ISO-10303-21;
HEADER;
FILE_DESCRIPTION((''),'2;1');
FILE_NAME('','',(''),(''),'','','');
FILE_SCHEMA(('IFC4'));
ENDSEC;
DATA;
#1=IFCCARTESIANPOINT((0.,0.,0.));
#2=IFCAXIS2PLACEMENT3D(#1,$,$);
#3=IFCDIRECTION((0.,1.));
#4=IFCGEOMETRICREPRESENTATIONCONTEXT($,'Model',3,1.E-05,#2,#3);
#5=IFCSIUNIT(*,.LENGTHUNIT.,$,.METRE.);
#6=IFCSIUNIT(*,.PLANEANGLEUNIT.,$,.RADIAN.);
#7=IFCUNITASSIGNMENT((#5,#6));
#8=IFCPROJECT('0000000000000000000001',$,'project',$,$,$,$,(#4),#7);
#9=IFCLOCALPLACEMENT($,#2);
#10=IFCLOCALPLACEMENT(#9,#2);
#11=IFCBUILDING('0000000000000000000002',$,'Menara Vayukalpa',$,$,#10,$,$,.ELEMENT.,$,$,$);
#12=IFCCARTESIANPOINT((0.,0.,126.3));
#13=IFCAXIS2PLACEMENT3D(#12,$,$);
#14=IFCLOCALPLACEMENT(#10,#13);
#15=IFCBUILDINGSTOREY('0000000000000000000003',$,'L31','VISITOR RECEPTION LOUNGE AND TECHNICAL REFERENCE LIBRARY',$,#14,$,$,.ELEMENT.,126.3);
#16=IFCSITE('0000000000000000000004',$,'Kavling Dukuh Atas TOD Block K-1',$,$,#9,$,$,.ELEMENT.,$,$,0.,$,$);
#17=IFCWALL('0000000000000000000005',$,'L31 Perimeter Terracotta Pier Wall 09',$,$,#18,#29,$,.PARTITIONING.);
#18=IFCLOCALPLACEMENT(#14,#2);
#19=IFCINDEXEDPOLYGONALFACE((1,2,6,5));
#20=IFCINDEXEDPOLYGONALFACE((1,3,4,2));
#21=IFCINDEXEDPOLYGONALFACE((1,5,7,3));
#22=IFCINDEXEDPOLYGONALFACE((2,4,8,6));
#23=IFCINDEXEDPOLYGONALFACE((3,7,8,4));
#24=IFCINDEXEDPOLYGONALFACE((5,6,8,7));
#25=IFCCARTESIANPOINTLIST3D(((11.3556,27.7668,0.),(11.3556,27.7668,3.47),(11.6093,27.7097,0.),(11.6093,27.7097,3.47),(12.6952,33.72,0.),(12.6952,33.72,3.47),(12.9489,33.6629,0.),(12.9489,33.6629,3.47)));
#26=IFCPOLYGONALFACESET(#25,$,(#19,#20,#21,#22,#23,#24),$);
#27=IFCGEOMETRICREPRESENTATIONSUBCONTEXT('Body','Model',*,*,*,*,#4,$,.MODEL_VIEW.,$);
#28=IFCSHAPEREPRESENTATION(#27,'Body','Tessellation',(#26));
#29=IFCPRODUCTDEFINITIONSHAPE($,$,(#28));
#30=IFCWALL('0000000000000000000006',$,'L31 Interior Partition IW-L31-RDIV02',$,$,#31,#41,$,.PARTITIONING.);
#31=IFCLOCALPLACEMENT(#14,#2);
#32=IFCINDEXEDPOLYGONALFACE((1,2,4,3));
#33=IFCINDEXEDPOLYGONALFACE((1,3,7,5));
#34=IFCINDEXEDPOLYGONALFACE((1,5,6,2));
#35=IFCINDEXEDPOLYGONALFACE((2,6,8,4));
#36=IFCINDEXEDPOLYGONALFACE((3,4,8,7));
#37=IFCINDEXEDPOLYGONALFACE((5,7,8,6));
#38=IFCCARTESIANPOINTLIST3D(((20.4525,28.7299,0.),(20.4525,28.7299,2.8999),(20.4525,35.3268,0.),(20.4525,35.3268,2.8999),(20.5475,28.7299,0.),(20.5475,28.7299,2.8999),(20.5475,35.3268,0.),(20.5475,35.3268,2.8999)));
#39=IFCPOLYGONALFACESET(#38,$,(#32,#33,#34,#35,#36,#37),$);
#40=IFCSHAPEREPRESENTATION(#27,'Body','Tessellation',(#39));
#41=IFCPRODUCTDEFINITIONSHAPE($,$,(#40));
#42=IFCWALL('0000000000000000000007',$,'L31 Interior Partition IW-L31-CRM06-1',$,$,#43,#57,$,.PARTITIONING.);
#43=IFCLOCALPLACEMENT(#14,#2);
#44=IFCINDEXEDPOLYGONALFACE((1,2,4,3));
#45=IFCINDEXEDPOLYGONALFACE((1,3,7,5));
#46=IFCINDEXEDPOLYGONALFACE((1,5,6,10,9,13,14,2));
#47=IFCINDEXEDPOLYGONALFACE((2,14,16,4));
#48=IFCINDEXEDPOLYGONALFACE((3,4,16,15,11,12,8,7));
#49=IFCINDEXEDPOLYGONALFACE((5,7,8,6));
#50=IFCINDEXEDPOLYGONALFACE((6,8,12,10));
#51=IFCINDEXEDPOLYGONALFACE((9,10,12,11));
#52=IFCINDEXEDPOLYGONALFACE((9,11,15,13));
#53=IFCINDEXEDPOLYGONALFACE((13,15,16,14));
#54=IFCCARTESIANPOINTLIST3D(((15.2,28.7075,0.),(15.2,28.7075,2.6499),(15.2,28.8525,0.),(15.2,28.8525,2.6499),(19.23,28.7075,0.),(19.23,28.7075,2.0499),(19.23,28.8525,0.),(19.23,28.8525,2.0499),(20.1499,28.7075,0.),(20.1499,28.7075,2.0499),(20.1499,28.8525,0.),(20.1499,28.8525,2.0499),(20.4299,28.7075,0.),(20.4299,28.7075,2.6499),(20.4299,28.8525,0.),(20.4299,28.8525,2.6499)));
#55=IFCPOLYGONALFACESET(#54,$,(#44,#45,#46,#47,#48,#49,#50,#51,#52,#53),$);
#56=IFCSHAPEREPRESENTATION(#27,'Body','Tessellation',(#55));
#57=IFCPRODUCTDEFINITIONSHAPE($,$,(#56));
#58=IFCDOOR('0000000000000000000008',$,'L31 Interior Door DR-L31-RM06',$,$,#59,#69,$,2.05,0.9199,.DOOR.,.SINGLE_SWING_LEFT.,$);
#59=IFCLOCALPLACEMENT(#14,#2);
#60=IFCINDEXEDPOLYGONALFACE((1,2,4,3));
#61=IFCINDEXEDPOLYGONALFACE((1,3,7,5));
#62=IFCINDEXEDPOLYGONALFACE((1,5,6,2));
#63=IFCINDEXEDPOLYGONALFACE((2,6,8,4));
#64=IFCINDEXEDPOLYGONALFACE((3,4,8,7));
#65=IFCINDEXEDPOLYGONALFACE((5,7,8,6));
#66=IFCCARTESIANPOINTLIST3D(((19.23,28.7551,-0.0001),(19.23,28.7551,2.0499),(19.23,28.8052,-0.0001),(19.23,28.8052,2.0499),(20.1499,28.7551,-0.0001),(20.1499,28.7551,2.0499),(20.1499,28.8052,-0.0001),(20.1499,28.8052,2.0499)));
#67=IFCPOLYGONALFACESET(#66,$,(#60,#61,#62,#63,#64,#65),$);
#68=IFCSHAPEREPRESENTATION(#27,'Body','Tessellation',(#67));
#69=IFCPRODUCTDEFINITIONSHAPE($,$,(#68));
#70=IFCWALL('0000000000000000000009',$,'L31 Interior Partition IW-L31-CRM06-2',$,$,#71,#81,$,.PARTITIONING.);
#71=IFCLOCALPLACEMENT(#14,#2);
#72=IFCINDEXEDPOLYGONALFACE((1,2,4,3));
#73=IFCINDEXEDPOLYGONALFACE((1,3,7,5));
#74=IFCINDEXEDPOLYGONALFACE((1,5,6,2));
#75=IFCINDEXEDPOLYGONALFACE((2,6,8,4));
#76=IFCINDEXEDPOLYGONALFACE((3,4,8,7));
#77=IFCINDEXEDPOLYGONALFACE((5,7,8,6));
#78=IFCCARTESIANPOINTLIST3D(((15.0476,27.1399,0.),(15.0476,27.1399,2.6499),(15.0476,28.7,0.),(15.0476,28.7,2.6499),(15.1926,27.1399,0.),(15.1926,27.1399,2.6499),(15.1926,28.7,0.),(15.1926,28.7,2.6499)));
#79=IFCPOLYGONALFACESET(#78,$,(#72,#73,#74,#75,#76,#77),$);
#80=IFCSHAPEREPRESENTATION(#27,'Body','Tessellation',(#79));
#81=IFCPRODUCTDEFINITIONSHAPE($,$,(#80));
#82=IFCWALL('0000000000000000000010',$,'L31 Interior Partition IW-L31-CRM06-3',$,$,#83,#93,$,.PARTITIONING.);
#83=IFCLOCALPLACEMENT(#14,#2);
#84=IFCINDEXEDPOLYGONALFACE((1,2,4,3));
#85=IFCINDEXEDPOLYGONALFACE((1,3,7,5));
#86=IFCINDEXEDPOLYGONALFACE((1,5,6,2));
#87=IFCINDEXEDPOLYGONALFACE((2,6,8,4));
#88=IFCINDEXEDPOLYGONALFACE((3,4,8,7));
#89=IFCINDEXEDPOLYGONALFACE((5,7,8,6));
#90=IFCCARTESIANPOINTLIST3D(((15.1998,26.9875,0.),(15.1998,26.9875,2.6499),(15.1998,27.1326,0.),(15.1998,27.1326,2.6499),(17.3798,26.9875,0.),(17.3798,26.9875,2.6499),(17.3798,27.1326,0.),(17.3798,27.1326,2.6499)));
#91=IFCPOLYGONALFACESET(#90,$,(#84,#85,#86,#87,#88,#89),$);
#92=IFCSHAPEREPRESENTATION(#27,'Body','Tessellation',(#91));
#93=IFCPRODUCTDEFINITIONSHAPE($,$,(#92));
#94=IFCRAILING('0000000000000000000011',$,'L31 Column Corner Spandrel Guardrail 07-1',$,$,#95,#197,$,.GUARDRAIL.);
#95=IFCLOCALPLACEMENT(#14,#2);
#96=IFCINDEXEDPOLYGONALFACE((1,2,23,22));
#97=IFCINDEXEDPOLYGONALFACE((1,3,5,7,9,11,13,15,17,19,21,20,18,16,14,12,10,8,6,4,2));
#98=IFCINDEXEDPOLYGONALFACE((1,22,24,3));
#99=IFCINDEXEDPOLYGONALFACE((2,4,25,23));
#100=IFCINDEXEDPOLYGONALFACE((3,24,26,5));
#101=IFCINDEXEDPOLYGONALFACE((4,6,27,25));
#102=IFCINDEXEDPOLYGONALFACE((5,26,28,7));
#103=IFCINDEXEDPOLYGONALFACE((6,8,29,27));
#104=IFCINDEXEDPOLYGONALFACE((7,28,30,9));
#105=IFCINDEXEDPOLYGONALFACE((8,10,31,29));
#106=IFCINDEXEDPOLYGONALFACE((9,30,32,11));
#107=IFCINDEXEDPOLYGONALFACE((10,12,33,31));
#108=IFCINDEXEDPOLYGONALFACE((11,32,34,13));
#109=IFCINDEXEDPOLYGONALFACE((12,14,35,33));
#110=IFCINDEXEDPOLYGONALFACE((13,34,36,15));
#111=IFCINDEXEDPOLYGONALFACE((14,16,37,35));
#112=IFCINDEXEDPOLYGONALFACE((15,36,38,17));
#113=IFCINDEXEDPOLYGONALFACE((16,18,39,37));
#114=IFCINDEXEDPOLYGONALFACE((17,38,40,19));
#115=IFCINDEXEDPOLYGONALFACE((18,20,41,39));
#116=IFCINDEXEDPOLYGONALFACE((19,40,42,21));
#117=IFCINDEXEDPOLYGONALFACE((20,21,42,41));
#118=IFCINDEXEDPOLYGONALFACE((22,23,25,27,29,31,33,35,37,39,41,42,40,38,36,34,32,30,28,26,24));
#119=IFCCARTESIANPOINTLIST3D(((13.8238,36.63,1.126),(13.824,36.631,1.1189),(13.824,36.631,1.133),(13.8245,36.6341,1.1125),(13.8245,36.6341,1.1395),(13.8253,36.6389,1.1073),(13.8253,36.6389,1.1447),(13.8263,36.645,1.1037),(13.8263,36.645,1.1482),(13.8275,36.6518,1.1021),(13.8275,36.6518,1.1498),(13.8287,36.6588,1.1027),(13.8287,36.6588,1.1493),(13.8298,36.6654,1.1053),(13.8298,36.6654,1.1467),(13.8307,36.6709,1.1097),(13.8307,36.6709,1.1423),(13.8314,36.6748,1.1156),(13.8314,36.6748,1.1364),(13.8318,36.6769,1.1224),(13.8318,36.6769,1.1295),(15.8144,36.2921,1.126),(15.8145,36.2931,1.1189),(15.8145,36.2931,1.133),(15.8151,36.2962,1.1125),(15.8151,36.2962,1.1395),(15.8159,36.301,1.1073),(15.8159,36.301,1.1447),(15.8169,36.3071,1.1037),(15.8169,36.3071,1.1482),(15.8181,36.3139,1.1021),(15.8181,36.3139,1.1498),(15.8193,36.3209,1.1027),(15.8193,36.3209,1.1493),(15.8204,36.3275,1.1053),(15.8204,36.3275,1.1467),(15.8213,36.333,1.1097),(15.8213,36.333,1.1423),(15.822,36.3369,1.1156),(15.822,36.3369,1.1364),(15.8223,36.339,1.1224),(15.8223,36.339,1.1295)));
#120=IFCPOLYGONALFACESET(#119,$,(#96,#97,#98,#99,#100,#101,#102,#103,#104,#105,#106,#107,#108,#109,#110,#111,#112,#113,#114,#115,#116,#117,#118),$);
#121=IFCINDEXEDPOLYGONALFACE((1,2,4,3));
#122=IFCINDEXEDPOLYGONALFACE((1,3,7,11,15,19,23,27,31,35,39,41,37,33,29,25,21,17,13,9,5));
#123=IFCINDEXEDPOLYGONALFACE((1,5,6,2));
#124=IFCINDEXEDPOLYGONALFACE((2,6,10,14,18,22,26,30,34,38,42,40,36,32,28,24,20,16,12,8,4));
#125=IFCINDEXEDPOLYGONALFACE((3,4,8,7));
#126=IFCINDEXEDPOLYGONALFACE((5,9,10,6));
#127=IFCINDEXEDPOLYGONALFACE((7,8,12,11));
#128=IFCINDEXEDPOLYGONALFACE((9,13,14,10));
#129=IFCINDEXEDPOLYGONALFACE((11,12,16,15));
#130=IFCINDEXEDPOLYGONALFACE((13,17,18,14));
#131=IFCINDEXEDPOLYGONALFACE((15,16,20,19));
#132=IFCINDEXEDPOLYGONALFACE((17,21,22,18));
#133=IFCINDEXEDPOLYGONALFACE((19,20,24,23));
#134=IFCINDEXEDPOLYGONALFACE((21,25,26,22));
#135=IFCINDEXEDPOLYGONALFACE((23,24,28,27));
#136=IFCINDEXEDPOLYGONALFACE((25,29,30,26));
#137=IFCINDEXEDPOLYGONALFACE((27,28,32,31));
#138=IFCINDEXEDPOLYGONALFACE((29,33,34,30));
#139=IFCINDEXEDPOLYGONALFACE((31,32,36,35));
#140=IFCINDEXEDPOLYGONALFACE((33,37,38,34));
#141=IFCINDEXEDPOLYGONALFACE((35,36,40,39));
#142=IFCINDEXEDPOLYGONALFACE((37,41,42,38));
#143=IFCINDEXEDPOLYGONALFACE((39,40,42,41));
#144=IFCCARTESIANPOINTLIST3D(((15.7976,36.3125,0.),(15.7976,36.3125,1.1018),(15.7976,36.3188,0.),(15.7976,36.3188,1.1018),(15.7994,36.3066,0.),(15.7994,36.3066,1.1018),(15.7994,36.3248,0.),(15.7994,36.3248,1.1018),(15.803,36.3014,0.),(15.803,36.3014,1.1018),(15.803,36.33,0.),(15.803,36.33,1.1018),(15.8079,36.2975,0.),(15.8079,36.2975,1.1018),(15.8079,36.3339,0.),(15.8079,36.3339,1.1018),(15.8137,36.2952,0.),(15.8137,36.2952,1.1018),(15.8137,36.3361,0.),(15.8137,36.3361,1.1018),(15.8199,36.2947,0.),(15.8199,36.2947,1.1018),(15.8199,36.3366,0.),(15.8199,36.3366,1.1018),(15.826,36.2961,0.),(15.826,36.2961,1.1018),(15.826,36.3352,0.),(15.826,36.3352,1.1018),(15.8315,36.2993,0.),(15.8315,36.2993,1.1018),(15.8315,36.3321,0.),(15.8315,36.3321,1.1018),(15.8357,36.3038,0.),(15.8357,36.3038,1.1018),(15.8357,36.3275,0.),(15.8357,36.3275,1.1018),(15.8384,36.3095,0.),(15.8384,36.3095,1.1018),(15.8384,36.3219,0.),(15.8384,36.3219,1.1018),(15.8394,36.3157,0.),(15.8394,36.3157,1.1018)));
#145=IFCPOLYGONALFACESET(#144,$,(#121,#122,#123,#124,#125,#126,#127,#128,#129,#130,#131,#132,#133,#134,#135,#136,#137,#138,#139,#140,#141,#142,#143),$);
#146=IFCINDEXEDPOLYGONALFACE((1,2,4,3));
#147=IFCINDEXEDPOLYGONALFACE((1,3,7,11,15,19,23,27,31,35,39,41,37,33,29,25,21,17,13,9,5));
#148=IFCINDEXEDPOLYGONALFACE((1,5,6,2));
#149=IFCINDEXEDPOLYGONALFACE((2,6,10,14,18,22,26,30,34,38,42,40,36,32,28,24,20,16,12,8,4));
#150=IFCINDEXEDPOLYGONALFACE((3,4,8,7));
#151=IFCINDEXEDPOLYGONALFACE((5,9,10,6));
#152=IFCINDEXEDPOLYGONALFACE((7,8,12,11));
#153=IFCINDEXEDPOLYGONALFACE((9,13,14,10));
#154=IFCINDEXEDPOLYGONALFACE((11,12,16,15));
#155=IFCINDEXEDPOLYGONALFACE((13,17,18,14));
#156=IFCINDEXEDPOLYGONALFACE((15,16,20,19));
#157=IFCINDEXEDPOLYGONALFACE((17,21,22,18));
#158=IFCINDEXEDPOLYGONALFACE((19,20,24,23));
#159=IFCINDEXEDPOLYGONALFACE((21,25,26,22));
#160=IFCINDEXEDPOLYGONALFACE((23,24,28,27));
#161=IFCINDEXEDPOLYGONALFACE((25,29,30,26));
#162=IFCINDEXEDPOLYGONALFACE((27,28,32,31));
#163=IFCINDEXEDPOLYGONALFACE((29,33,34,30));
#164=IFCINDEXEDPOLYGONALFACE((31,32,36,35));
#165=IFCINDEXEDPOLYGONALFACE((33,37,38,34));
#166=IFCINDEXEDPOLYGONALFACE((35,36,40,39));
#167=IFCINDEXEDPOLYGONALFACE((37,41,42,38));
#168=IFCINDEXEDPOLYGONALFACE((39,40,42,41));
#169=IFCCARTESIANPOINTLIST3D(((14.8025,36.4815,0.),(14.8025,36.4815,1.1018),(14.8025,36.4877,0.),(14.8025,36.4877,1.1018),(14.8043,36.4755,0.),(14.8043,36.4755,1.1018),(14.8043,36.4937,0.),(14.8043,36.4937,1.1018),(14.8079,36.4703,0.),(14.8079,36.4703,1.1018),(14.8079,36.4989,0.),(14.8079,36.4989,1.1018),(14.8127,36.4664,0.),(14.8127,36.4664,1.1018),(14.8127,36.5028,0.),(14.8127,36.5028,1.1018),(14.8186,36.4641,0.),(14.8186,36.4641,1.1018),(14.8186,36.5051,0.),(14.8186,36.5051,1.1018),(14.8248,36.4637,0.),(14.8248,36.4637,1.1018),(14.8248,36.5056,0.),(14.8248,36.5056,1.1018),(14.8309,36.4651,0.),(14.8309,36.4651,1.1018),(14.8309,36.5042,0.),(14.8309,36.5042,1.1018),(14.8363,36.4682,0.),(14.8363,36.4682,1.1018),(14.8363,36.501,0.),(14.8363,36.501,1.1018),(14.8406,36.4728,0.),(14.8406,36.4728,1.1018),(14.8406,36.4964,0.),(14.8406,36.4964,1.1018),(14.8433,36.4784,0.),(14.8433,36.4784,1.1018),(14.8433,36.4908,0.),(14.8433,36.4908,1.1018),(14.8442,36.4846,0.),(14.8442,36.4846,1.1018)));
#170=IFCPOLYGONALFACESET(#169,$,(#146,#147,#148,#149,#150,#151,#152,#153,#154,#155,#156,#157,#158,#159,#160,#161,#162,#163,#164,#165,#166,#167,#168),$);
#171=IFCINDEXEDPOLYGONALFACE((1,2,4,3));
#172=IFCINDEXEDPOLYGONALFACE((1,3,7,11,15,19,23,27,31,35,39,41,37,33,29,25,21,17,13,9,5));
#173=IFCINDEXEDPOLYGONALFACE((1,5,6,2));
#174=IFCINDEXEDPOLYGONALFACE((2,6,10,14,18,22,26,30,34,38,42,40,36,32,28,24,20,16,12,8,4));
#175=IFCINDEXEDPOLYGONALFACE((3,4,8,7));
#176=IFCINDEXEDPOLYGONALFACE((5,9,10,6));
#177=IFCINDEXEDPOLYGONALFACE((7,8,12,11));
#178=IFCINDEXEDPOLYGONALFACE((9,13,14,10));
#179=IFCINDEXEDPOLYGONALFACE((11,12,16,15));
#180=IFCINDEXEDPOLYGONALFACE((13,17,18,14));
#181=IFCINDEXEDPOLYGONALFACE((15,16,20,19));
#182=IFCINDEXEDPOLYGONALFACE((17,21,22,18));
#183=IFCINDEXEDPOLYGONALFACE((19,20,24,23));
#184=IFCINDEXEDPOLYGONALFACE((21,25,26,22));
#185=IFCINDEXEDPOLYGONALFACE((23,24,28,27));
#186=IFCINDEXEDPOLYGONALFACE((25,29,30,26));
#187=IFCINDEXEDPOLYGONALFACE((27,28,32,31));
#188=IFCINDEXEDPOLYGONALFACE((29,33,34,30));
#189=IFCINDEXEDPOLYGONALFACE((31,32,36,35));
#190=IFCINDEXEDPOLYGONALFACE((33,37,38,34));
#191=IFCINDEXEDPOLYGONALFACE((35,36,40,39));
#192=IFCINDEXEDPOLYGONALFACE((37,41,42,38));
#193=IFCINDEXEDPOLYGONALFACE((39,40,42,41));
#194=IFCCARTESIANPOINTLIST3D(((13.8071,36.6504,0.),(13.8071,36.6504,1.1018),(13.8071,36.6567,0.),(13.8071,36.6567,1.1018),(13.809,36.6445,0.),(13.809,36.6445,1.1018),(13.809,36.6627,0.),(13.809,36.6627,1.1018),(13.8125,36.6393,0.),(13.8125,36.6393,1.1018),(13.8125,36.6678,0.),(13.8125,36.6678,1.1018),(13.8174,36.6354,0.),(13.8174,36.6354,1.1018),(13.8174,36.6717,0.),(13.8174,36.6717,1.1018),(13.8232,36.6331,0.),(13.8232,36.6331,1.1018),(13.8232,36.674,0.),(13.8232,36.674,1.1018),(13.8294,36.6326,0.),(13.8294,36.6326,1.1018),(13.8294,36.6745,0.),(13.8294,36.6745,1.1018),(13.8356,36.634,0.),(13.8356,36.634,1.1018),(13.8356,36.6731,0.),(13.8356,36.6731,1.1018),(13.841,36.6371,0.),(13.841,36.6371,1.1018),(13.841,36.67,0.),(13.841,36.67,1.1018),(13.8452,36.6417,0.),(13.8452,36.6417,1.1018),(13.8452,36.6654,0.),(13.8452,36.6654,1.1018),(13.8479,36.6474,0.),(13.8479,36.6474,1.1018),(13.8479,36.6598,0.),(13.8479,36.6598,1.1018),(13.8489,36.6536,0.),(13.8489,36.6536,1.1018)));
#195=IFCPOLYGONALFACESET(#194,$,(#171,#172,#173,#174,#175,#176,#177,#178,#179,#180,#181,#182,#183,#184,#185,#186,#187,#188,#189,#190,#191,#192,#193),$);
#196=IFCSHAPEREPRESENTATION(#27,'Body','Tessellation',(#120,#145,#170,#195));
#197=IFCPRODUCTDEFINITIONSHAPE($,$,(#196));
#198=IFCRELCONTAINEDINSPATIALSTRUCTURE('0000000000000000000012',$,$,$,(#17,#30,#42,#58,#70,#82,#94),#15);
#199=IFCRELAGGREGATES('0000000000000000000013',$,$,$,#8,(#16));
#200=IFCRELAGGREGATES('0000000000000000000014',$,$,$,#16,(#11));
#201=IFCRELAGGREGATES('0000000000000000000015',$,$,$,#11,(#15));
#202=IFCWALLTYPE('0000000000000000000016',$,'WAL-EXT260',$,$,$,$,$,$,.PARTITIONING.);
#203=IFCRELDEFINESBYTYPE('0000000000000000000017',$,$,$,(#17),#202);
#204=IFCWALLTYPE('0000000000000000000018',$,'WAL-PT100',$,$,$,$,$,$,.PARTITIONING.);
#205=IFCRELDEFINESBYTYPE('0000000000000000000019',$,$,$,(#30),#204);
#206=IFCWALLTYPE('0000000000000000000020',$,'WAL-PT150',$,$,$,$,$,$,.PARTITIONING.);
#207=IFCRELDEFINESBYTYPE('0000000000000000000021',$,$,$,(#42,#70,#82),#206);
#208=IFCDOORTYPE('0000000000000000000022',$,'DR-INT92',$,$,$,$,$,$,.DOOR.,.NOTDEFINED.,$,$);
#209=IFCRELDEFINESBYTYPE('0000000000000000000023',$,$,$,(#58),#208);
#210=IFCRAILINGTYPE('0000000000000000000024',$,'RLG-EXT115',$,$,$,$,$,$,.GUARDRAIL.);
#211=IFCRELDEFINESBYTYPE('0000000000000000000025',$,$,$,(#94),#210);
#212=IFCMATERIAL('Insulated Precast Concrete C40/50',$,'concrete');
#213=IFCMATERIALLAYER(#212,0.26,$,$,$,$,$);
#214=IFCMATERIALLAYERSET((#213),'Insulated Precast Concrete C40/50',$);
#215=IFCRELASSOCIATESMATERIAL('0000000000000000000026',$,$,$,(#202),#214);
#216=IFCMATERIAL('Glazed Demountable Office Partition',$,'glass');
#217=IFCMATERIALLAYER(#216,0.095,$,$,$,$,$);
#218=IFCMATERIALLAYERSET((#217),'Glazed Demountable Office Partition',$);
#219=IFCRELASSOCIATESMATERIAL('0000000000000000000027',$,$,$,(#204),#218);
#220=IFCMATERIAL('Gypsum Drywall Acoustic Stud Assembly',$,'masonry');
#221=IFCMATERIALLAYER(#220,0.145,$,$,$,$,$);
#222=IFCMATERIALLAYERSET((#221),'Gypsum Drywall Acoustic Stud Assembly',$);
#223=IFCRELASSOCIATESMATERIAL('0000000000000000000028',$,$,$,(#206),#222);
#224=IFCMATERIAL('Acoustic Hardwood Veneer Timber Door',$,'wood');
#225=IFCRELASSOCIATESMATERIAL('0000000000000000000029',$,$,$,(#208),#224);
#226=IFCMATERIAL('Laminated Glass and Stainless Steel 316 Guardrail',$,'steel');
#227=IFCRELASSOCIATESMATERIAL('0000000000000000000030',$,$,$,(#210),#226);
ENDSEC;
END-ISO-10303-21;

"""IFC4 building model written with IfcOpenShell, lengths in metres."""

from ifc_helpers import new_model, si_unit, direction, frame, frame_2d, origin, origin_2d, place, context, subcontext, project, spatial, rectangle, circle, extrude, material, layer, layer_set, type_object, element, fill, save


model = new_model("IFC4")

# Units and contexts
model_context = context("Model", 3, precision=1e-05, world=origin(), true_north=direction((0.0, 1.0)))
body_context = subcontext(model_context, "Body", "Model", "MODEL_VIEW")
ifc_project = project(units=[si_unit("LENGTHUNIT", "METRE"), si_unit("PLANEANGLEUNIT", "RADIAN")], contexts=[model_context])

# Site, building, storey
site_placement = place(None, origin())
site = spatial("IfcSite", under=ifc_project, at=site_placement, Name="Kavling Dukuh Atas TOD Block K-1", CompositionType="ELEMENT", RefElevation=0.0)
building_placement = place(site_placement, origin())
building = spatial("IfcBuilding", under=site, at=building_placement, Name="Menara Vayukalpa", CompositionType="ELEMENT")
storey_placement = place(building_placement, frame((0.0, 0.0, 126.3)))
storey = spatial("IfcBuildingStorey", under=building, at=storey_placement, Name="L31", Description="VISITOR RECEPTION LOUNGE AND TECHNICAL REFERENCE LIBRARY", CompositionType="ELEMENT", Elevation=126.3)

# Walls
ifc_material_1 = material(Name="Insulated Precast Concrete C40/50", Category="concrete")
ifc_layer_1 = layer(ifc_material_1, 0.26)
ifc_layer_set_1 = layer_set([ifc_layer_1], Name="Insulated Precast Concrete C40/50")
wall_type_1 = type_object("IfcWallType", Name="WAL-EXT260", PredefinedType="PARTITIONING", material=ifc_layer_set_1)
wall_1_placement = place(storey_placement, frame((11.4824, 27.7383, 0.0), z_axis=(0.0, 0.0, 1.0), x_axis=(0.219535, 0.975605, 0.0)))
element("IfcWall", 1, at=wall_1_placement, inside=storey, type_object=wall_type_1, Name="L31 Perimeter Terracotta Pier Wall 09", PredefinedType="PARTITIONING", context=body_context, shape_type="SweptSolid", body=[
    extrude(rectangle(XDim=6.1021, YDim=0.26, at=frame_2d((3.051, 0.0))), origin(), (0.0, 0.0, 1.0), 3.47),
])
ifc_material_2 = material(Name="Glazed Demountable Office Partition", Category="glass")
ifc_layer_2 = layer(ifc_material_2, 0.095)
ifc_layer_set_2 = layer_set([ifc_layer_2], Name="Glazed Demountable Office Partition")
wall_type_2 = type_object("IfcWallType", Name="WAL-PT100", PredefinedType="PARTITIONING", material=ifc_layer_set_2)
wall_2_placement = place(storey_placement, frame((20.5, 28.73, 0.0), z_axis=(0.0, 0.0, 1.0), x_axis=(0.0, 1.0, 0.0)))
element("IfcWall", 2, at=wall_2_placement, inside=storey, type_object=wall_type_2, Name="L31 Interior Partition IW-L31-RDIV02", PredefinedType="PARTITIONING", context=body_context, shape_type="SweptSolid", body=[
    extrude(rectangle(XDim=6.5969, YDim=0.095, at=frame_2d((3.2983, 0.0))), origin(), (0.0, 0.0, 1.0), 2.8999),
])

# Wall, opening, door
ifc_material_3 = material(Name="Gypsum Drywall Acoustic Stud Assembly", Category="masonry")
ifc_layer_3 = layer(ifc_material_3, 0.145)
ifc_layer_set_3 = layer_set([ifc_layer_3], Name="Gypsum Drywall Acoustic Stud Assembly")
wall_type_3 = type_object("IfcWallType", Name="WAL-PT150", PredefinedType="PARTITIONING", material=ifc_layer_set_3)
wall_3_placement = place(storey_placement, frame((20.4299, 28.78, 0.0), z_axis=(0.0, 0.0, 1.0), x_axis=(-1.0, 0.0, 0.0)))
wall_3 = element("IfcWall", 3, at=wall_3_placement, inside=storey, type_object=wall_type_3, Name="L31 Interior Partition IW-L31-CRM06-1", PredefinedType="PARTITIONING", context=body_context, shape_type="SweptSolid", body=[
    extrude(rectangle(XDim=5.23, YDim=0.145, at=frame_2d((2.615, 0.0))), origin(), (0.0, 0.0, 1.0), 2.6499),
])
opening_placement = place(wall_3_placement, frame((0.28, 0.0, 0.0)))
opening = element("IfcOpeningElement", 4, at=opening_placement, cuts=wall_3, PredefinedType="OPENING", context=body_context, shape_type="SweptSolid", body=[
    extrude(rectangle(XDim=0.9199, YDim=2.05, at=frame_2d((0.46, 1.0249))), frame((0.0, 0.0825, 0.0), z_axis=(0.0, -1.0, 0.0), x_axis=(1.0, 0.0, 0.0)), (0.0, 0.0, 1.0), 0.165),
])
ifc_material_4 = material(Name="Acoustic Hardwood Veneer Timber Door", Category="wood")
door_type = type_object("IfcDoorType", Name="DR-INT92", OperationType="NOTDEFINED", PredefinedType="DOOR", material=ifc_material_4)
door_placement = place(opening_placement, origin())
door = element("IfcDoor", 5, at=door_placement, inside=storey, type_object=door_type, Name="L31 Interior Door DR-L31-RM06", OperationType="SINGLE_SWING_LEFT", OverallHeight=2.05, OverallWidth=0.9199, PredefinedType="DOOR", context=body_context, shape_type="SweptSolid", body=[
    extrude(rectangle(XDim=0.9199, YDim=2.05, at=frame_2d((0.46, 1.0249))), frame((0.0, 0.0249, 0.0), z_axis=(0.0, -1.0, 0.0), x_axis=(1.0, 0.0, 0.0)), (0.0, 0.0, 1.0), 0.05),
])
fill(opening, door)

# Walls
wall_4_placement = place(storey_placement, frame((15.1201, 28.7, 0.0), z_axis=(0.0, 0.0, 1.0), x_axis=(0.0, -1.0, 0.0)))
element("IfcWall", 6, at=wall_4_placement, inside=storey, type_object=wall_type_3, Name="L31 Interior Partition IW-L31-CRM06-2", PredefinedType="PARTITIONING", context=body_context, shape_type="SweptSolid", body=[
    extrude(rectangle(XDim=1.5601, YDim=0.145, at=frame_2d((0.78, 0.0))), origin(), (0.0, 0.0, 1.0), 2.6499),
])
wall_5_placement = place(storey_placement, frame((15.2, 27.0601, 0.0), z_axis=(0.0, 0.0, 1.0), x_axis=(1.0, 0.0, 0.0)))
element("IfcWall", 7, at=wall_5_placement, inside=storey, type_object=wall_type_3, Name="L31 Interior Partition IW-L31-CRM06-3", PredefinedType="PARTITIONING", context=body_context, shape_type="SweptSolid", body=[
    extrude(rectangle(XDim=2.1799, YDim=0.145, at=frame_2d((1.0898, 0.0))), origin(), (0.0, 0.0, 1.0), 2.6499),
])

# Railing
ifc_material_5 = material(Name="Laminated Glass and Stainless Steel 316 Guardrail", Category="steel")
railing_type = type_object("IfcRailingType", Name="RLG-EXT115", PredefinedType="GUARDRAIL", material=ifc_material_5)
railing_1_placement = place(storey_placement, frame((15.8184, 36.3157, 0.0)))
element("IfcRailing", 8, at=railing_1_placement, inside=storey, type_object=railing_type, Name="L31 Column Corner Spandrel Guardrail 07-1", PredefinedType="GUARDRAIL", context=body_context, shape_type="SweptSolid", body=[
    extrude(circle(Radius=0.0239, at=origin_2d()), frame((0.0, 0.0, 1.126), z_axis=(-0.985896, 0.167359, 0.0), x_axis=(-0.167359, -0.985896, 0.0)), (0.0, 0.0, 1.0), 2.019),
    extrude(circle(Radius=0.021, at=origin_2d()), origin(), (0.0, 0.0, 1.0), 1.1018),
    extrude(circle(Radius=0.021, at=origin_2d()), frame((-0.9951, 0.1689, 0.0)), (0.0, 0.0, 1.0), 1.1018),
    extrude(circle(Radius=0.021, at=origin_2d()), frame((-1.9905, 0.3379, 0.0)), (0.0, 0.0, 1.0), 1.1018),
])

save(model, "model.ifc")
